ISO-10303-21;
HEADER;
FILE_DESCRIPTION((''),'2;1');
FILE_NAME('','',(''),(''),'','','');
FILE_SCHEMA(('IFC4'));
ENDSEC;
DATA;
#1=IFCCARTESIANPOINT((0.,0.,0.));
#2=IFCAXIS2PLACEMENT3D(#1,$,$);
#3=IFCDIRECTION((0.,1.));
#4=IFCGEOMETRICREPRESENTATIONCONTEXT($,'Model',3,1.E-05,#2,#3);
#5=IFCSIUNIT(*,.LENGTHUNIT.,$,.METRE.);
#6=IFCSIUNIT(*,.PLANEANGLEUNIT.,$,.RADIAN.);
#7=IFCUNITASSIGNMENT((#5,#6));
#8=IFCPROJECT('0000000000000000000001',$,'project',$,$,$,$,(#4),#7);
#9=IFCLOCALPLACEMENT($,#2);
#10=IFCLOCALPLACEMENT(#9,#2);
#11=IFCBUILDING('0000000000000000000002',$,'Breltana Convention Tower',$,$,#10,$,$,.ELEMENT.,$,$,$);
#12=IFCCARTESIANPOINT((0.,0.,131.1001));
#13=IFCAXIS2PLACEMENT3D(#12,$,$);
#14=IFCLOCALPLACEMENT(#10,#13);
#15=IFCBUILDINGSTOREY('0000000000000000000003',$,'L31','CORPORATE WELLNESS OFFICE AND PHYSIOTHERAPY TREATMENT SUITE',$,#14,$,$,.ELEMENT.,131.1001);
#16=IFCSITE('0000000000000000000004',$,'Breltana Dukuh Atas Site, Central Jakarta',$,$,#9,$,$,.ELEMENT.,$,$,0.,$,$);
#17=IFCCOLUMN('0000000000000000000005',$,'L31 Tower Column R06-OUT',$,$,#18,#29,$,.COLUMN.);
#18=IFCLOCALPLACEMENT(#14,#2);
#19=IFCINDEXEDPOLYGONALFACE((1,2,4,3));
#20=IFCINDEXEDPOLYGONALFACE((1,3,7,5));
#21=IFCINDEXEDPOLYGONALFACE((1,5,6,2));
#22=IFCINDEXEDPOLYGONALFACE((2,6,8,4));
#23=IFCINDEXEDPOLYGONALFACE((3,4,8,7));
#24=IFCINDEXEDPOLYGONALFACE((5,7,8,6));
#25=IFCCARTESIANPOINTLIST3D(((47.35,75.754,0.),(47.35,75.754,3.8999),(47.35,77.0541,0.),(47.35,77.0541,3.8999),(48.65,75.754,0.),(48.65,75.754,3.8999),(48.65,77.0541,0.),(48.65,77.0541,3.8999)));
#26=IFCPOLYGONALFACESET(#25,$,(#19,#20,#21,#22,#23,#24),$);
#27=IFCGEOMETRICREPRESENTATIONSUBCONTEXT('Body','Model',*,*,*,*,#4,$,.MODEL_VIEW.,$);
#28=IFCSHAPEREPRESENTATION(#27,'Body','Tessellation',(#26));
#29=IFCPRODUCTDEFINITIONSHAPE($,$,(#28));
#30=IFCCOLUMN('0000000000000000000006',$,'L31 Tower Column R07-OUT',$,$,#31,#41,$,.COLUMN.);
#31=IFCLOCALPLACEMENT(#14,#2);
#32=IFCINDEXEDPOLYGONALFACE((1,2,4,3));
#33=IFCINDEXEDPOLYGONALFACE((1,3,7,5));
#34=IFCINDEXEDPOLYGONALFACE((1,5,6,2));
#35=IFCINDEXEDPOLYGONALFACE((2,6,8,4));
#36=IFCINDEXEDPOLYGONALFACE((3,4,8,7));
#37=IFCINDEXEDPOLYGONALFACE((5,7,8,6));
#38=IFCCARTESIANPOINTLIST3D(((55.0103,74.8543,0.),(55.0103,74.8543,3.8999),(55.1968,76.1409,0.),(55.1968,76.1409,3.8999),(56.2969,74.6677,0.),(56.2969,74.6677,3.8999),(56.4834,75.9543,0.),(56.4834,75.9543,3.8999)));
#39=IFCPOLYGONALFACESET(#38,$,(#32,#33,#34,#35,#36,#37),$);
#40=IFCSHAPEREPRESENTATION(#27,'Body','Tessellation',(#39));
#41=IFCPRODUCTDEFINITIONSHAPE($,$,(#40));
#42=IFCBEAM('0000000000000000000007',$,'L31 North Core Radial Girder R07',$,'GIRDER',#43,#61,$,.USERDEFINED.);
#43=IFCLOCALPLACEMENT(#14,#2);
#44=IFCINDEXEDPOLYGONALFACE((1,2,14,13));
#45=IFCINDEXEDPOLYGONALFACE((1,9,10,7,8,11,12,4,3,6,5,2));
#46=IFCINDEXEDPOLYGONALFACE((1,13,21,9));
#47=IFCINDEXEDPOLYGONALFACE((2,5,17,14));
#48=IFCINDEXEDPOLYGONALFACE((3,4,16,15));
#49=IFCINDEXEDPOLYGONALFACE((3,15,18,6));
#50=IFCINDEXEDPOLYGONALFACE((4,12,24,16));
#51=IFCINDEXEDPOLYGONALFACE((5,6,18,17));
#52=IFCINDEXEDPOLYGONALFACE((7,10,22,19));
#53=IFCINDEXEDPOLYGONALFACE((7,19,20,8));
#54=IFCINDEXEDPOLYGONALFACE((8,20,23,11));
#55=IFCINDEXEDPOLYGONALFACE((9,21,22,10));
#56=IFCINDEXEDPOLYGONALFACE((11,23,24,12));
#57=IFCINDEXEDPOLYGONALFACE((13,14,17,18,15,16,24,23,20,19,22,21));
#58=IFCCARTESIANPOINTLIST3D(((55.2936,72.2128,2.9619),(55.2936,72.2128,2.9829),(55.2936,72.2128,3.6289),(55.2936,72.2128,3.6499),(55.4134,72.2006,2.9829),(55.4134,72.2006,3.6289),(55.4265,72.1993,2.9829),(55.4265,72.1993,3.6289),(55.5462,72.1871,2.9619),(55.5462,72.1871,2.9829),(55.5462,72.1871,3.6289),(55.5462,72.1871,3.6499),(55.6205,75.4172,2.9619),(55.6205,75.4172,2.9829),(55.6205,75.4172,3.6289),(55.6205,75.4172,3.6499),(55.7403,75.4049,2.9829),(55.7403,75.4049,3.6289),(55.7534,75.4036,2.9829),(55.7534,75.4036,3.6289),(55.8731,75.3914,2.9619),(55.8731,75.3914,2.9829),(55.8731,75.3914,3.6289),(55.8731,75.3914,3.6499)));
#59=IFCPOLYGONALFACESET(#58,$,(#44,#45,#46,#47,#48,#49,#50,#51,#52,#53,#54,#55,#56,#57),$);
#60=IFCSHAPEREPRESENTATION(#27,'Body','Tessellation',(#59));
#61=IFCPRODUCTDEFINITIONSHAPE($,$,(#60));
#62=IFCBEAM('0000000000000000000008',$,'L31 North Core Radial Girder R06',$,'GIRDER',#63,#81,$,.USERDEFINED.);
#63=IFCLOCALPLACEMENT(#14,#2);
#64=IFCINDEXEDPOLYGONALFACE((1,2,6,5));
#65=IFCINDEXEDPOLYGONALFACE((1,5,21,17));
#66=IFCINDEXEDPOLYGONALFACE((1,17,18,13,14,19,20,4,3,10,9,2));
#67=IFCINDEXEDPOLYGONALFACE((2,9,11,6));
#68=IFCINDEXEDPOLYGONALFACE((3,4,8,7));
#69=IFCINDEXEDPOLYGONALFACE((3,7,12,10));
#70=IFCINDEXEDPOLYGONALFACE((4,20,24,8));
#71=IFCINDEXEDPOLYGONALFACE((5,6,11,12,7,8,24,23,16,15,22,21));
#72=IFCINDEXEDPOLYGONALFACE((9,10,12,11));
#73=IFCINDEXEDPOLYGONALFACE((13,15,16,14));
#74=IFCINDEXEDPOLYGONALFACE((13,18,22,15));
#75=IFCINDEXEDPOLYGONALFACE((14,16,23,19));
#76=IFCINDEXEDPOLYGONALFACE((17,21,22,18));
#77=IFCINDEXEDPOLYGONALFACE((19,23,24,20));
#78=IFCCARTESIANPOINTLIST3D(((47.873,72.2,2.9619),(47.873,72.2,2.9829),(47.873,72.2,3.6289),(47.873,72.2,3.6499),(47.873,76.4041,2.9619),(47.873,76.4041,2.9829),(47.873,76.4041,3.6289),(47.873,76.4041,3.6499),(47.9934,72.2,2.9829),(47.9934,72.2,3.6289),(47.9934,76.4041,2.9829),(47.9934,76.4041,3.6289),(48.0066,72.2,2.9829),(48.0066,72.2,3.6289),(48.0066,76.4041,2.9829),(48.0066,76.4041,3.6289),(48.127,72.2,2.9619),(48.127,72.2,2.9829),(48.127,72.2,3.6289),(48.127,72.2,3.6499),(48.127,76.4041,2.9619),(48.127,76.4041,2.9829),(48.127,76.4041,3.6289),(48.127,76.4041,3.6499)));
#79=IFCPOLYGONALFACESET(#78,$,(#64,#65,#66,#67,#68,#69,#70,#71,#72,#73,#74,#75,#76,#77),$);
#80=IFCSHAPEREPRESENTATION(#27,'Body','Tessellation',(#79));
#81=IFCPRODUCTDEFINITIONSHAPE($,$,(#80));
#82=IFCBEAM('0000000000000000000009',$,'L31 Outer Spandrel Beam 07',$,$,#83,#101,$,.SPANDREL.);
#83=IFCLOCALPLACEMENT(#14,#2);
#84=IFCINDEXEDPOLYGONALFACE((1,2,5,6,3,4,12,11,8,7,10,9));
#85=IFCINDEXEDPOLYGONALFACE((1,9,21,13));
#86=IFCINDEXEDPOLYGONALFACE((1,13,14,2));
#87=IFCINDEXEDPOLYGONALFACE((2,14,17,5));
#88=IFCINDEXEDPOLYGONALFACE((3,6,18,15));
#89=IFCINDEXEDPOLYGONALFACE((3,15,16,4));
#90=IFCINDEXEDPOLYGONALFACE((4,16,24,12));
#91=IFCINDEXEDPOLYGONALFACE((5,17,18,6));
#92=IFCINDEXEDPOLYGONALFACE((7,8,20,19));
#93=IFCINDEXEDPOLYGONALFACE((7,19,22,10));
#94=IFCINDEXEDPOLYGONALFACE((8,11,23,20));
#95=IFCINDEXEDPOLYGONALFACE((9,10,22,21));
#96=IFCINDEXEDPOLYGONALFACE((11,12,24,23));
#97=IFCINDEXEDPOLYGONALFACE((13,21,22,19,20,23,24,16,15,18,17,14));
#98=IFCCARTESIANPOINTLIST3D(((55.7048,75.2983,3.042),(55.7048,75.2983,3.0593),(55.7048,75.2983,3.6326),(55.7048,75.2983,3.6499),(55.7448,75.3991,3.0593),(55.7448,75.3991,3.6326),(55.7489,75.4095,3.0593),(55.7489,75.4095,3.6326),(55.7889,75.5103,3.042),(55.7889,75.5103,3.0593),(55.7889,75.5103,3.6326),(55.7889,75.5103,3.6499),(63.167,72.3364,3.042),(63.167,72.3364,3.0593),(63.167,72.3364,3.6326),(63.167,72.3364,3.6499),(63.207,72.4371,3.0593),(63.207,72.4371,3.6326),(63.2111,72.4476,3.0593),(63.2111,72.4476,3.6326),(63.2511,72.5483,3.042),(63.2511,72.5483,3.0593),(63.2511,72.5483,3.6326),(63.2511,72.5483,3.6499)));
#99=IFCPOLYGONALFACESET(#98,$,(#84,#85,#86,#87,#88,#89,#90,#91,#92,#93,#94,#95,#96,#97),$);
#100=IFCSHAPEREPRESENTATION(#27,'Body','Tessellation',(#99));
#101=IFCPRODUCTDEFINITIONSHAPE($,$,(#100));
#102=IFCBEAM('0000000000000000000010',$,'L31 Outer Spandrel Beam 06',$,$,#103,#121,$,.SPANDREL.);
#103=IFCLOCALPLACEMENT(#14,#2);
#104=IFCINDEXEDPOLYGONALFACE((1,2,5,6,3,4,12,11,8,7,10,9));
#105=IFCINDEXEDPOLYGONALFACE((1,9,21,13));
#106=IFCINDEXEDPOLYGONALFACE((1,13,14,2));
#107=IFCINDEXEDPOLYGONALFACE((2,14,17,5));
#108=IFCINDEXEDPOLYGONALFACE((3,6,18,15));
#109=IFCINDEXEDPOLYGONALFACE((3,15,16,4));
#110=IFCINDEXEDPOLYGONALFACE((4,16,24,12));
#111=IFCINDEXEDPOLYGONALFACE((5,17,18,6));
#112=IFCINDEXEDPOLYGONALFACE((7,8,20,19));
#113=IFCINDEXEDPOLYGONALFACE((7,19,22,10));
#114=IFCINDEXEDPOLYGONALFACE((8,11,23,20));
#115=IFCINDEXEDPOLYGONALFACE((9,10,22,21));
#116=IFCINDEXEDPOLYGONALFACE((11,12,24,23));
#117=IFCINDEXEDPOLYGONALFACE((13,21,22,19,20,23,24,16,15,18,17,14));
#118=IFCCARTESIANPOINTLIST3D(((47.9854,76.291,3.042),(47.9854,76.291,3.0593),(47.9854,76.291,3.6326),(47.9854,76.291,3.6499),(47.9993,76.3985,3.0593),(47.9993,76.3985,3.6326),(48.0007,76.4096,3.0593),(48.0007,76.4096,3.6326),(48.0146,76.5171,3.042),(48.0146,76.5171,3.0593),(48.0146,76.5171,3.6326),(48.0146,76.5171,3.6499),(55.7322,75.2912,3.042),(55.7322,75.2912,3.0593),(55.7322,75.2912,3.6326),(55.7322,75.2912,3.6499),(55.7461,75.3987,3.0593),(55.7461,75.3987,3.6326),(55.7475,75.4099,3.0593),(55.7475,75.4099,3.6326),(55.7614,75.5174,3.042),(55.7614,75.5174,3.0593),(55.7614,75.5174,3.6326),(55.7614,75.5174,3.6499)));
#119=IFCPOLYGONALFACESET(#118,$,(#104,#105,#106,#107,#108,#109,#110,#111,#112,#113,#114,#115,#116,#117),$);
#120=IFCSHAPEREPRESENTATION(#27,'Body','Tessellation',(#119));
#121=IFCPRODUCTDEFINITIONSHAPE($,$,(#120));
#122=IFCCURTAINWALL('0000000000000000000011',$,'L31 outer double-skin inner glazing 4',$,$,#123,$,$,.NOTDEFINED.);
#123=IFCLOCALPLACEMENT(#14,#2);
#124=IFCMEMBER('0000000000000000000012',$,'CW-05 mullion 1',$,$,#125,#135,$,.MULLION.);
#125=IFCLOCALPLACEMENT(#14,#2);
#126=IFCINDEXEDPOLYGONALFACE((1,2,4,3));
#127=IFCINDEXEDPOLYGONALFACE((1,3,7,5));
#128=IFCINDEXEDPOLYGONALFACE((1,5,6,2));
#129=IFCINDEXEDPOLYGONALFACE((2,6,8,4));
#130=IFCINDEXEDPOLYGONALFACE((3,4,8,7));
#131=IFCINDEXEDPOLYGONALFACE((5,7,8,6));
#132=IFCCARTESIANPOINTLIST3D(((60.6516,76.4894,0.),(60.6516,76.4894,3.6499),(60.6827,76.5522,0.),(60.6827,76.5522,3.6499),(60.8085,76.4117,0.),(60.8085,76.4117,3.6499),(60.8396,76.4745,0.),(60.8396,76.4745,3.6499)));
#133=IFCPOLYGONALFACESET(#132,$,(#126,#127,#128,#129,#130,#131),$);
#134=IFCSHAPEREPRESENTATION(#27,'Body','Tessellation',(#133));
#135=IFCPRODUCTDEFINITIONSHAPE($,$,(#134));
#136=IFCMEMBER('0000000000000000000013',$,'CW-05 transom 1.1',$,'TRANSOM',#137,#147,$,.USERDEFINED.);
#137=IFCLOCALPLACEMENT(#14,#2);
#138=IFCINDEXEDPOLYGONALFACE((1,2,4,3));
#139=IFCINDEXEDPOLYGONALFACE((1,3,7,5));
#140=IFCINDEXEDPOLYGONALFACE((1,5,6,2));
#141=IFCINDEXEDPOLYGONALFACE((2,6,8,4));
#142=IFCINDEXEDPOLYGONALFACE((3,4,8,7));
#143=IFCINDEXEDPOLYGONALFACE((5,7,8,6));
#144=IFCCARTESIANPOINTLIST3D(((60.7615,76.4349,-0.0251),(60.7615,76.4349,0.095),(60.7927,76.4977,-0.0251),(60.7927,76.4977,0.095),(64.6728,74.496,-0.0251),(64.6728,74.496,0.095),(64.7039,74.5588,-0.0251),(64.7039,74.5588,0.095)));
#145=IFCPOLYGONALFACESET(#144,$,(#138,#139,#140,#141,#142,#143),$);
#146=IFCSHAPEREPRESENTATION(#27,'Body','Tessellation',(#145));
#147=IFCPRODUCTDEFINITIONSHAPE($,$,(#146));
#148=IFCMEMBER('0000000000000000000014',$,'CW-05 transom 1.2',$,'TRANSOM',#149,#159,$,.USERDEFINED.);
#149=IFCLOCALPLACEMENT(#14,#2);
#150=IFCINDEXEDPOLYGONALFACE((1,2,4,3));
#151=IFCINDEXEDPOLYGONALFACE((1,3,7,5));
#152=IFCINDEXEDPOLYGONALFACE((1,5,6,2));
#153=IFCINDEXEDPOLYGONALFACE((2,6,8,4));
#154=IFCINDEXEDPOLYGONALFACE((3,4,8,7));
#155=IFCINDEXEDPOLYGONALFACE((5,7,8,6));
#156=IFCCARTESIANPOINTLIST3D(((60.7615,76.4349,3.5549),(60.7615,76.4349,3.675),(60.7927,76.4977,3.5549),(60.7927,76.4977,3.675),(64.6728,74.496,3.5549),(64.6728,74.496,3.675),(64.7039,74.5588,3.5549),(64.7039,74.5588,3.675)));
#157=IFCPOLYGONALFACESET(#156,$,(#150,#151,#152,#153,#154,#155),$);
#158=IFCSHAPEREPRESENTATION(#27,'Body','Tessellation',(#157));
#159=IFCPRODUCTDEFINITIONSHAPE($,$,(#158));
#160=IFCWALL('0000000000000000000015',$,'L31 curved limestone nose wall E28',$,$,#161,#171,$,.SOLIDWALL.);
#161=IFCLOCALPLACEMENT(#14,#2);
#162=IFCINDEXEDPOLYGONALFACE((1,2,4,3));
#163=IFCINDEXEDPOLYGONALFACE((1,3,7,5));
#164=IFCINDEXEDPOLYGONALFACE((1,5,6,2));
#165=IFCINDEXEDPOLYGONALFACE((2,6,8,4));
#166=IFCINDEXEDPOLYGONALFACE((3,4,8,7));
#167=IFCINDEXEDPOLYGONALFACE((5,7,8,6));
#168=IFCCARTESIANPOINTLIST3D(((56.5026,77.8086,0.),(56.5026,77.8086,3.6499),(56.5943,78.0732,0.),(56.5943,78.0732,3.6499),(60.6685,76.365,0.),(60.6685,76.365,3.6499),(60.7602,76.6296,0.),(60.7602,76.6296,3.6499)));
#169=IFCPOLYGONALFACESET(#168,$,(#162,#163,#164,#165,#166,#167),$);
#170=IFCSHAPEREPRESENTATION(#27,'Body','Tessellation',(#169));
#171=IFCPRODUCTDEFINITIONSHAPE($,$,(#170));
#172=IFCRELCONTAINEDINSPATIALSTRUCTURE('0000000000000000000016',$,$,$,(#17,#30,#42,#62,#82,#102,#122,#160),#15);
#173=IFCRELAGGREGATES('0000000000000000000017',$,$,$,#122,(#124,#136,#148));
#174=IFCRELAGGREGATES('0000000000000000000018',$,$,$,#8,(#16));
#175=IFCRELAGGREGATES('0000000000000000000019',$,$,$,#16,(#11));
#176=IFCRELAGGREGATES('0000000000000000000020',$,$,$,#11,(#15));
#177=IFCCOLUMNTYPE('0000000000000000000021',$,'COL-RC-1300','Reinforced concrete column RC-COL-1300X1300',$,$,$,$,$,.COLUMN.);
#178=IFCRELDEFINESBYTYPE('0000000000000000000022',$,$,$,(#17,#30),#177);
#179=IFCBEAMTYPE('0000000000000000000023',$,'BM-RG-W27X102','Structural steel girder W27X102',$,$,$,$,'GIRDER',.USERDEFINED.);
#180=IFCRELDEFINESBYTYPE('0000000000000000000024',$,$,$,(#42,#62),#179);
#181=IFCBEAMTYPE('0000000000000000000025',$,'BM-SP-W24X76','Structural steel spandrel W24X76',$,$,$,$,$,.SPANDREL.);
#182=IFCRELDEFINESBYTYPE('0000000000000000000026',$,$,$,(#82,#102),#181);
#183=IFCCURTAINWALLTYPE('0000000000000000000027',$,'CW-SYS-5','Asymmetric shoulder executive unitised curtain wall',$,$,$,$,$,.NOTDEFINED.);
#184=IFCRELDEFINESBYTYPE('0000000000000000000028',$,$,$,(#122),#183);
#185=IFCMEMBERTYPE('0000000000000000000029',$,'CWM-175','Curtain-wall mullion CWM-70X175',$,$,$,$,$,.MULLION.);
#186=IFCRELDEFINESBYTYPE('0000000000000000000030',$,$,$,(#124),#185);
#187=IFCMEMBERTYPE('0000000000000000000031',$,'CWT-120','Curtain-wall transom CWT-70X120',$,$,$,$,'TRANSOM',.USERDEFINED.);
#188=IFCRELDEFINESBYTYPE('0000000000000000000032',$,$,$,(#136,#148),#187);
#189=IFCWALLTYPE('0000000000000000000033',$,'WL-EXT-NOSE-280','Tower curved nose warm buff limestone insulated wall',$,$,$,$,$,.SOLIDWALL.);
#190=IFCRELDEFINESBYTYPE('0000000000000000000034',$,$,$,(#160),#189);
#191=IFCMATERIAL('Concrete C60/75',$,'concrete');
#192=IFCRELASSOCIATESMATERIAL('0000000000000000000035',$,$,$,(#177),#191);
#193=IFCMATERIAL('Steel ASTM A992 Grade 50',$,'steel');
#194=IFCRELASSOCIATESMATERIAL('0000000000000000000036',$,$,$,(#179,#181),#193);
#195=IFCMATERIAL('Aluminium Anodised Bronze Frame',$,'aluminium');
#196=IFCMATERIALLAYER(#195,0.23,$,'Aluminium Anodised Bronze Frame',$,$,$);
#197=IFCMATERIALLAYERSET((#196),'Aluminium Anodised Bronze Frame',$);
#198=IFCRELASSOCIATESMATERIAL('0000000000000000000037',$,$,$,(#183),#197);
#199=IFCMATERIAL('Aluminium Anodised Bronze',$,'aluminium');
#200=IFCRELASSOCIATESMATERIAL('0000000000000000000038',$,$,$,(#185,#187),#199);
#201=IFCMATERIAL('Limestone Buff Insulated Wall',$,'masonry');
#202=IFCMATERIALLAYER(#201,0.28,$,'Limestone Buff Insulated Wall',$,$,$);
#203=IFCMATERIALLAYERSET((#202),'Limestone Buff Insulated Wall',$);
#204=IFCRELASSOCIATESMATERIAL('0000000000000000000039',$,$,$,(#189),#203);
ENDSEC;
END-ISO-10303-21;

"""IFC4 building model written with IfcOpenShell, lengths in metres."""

from ifc_helpers import new_model, si_unit, direction, frame, frame_2d, origin, origin_2d, place, context, subcontext, project, spatial, rectangle, i_section, extrude, source, transform, mapped, material, layer, layer_set, material_profile, profile_set, type_object, element, aggregate, save


model = new_model("IFC4")

# Units and contexts
model_context = context("Model", 3, precision=1e-05, world=origin(), true_north=direction((0.0, 1.0)))
body_context = subcontext(model_context, "Body", "Model", "MODEL_VIEW")
ifc_project = project(units=[si_unit("LENGTHUNIT", "METRE"), si_unit("PLANEANGLEUNIT", "RADIAN")], contexts=[model_context])

# Site, building, storey
site_placement = place(None, origin())
site = spatial("IfcSite", under=ifc_project, at=site_placement, Name="Breltana Dukuh Atas Site, Central Jakarta", CompositionType="ELEMENT", RefElevation=0.0)
building_placement = place(site_placement, origin())
building = spatial("IfcBuilding", under=site, at=building_placement, Name="Breltana Convention Tower", CompositionType="ELEMENT")
storey_placement = place(building_placement, frame((0.0, 0.0, 131.1001)))
storey = spatial("IfcBuildingStorey", under=building, at=storey_placement, Name="L31", Description="CORPORATE WELLNESS OFFICE AND PHYSIOTHERAPY TREATMENT SUITE", CompositionType="ELEMENT", Elevation=131.1001)

# Columns
ifc_material_1 = material(Name="Concrete C60/75", Category="concrete")
ifc_material_profile_1 = material_profile(ifc_material_1, rectangle(XDim=1.3, YDim=1.3, at=origin_2d()), Name="RC-COL-1300X1300")
ifc_profile_set_1 = profile_set([ifc_material_profile_1], Name="Concrete C60/75")
column_type = type_object("IfcColumnType", Name="COL-RC-1300", Description="Reinforced concrete column RC-COL-1300X1300", PredefinedType="COLUMN", material=ifc_profile_set_1)
shared_shape_1 = source(origin(), body_context, "Body", "SweptSolid", [
    extrude(rectangle(XDim=1.3, YDim=1.3, at=origin_2d()), origin(), (0.0, 0.0, 1.0), 3.8999),
])
for number, where, z_axis, x_axis, name in (
    (1, (48.0, 76.4041, 0.0), (0.0, 0.0, 1.0), (0.0, 1.0, 0.0), "L31 Tower Column R06-OUT"),
    (2, (55.7468, 75.4043, 0.0), (0.0, 0.0, 1.0), (0.143493, 0.989651, 0.0), "L31 Tower Column R07-OUT"),
):
    element("IfcColumn", number, at=place(storey_placement, frame(where, z_axis=z_axis, x_axis=x_axis)), inside=storey, type_object=column_type, Name=name, PredefinedType="COLUMN", context=body_context, shape_type="MappedRepresentation", body=[
        mapped(shared_shape_1, transform((0.0, 0.0, 0.0), scale=1.0)),
    ])

# Beams
ifc_material_2 = material(Name="Steel ASTM A992 Grade 50", Category="steel")
ifc_material_profile_2 = material_profile(ifc_material_2, i_section(OverallWidth=0.2539, OverallDepth=0.688, WebThickness=0.0132, FlangeThickness=0.021, at=origin_2d()), Name="W27X102")
ifc_profile_set_2 = profile_set([ifc_material_profile_2], Name="Steel ASTM A992 Grade 50")
beam_type_1 = type_object("IfcBeamType", Name="BM-RG-W27X102", Description="Structural steel girder W27X102", ElementType="GIRDER", PredefinedType="USERDEFINED", material=ifc_profile_set_2)
shared_shape_2 = source(origin(), body_context, "Body", "SweptSolid", [
    extrude(i_section(OverallWidth=0.2539, OverallDepth=0.688, WebThickness=0.0132, FlangeThickness=0.021, at=origin_2d()), origin(), (0.0, 0.0, 1.0), 3.2209),
])
beam_1_placement = place(storey_placement, frame((55.4199, 72.2, 3.3059), z_axis=(0.101492, 0.994836, 0.0), x_axis=(-0.994836, 0.101492, 0.0)))
element("IfcBeam", 3, at=beam_1_placement, inside=storey, type_object=beam_type_1, Name="L31 North Core Radial Girder R07", ObjectType="GIRDER", PredefinedType="USERDEFINED", context=body_context, shape_type="MappedRepresentation", body=[
    mapped(shared_shape_2, transform((0.0, 0.0, 0.0), scale=1.0)),
])
shared_shape_3 = source(origin(), body_context, "Body", "SweptSolid", [
    extrude(i_section(OverallWidth=0.2539, OverallDepth=0.688, WebThickness=0.0132, FlangeThickness=0.021, at=origin_2d()), origin(), (0.0, 0.0, 1.0), 4.2041),
])
beam_2_placement = place(storey_placement, frame((48.0, 72.2, 3.3059), z_axis=(0.0, 1.0, 0.0), x_axis=(-1.0, 0.0, 0.0)))
element("IfcBeam", 4, at=beam_2_placement, inside=storey, type_object=beam_type_1, Name="L31 North Core Radial Girder R06", ObjectType="GIRDER", PredefinedType="USERDEFINED", context=body_context, shape_type="MappedRepresentation", body=[
    mapped(shared_shape_3, transform((0.0, 0.0, 0.0), scale=1.0)),
])
ifc_material_profile_3 = material_profile(ifc_material_2, i_section(OverallWidth=0.228, OverallDepth=0.6079, WebThickness=0.0112, FlangeThickness=0.0173, at=origin_2d()), Name="W24X76")
ifc_profile_set_3 = profile_set([ifc_material_profile_3], Name="Steel ASTM A992 Grade 50")
beam_type_2 = type_object("IfcBeamType", Name="BM-SP-W24X76", Description="Structural steel spandrel W24X76", PredefinedType="SPANDREL", material=ifc_profile_set_3)
shared_shape_4 = source(origin(), body_context, "Body", "SweptSolid", [
    extrude(i_section(OverallWidth=0.228, OverallDepth=0.6079, WebThickness=0.0112, FlangeThickness=0.0173, at=origin_2d()), origin(), (0.0, 0.0, 1.0), 8.0286),
])
beam_3_placement = place(storey_placement, frame((55.7468, 75.4043, 3.3459), z_axis=(0.929459, -0.368925, 0.0), x_axis=(0.368925, 0.929459, 0.0)))
element("IfcBeam", 5, at=beam_3_placement, inside=storey, type_object=beam_type_2, Name="L31 Outer Spandrel Beam 07", PredefinedType="SPANDREL", context=body_context, shape_type="MappedRepresentation", body=[
    mapped(shared_shape_4, transform((0.0, 0.0, 0.0), scale=1.0)),
])
shared_shape_5 = source(origin(), body_context, "Body", "SweptSolid", [
    extrude(i_section(OverallWidth=0.228, OverallDepth=0.6079, WebThickness=0.0112, FlangeThickness=0.0173, at=origin_2d()), origin(), (0.0, 0.0, 1.0), 7.811),
])
beam_4_placement = place(storey_placement, frame((48.0, 76.4041, 3.3459), z_axis=(0.991775, -0.127992, 0.0), x_axis=(0.127992, 0.991775, 0.0)))
element("IfcBeam", 6, at=beam_4_placement, inside=storey, type_object=beam_type_2, Name="L31 Outer Spandrel Beam 06", PredefinedType="SPANDREL", context=body_context, shape_type="MappedRepresentation", body=[
    mapped(shared_shape_5, transform((0.0, 0.0, 0.0), scale=1.0)),
])

# Curtain wall, members
ifc_material_3 = material(Name="Aluminium Anodised Bronze Frame", Category="aluminium")
ifc_layer_1 = layer(ifc_material_3, 0.23, Name="Aluminium Anodised Bronze Frame")
ifc_layer_set_1 = layer_set([ifc_layer_1], Name="Aluminium Anodised Bronze Frame")
curtain_wall_type = type_object("IfcCurtainWallType", Name="CW-SYS-5", Description="Asymmetric shoulder executive unitised curtain wall", PredefinedType="NOTDEFINED", material=ifc_layer_set_1)
curtain_wall_placement = place(storey_placement, origin())
curtain_wall = element("IfcCurtainWall", 7, at=curtain_wall_placement, inside=storey, type_object=curtain_wall_type, Name="L31 outer double-skin inner glazing 4", PredefinedType="NOTDEFINED")
ifc_material_4 = material(Name="Aluminium Anodised Bronze", Category="aluminium")
ifc_material_profile_4 = material_profile(ifc_material_4, rectangle(XDim=0.0701, YDim=0.175, at=origin_2d()), Name="CWM-70X175")
ifc_profile_set_4 = profile_set([ifc_material_profile_4], Name="Aluminium Anodised Bronze")
member_type_1 = type_object("IfcMemberType", Name="CWM-175", Description="Curtain-wall mullion CWM-70X175", PredefinedType="MULLION", material=ifc_profile_set_4)
shared_shape_6 = source(origin(), body_context, "Body", "SweptSolid", [
    extrude(rectangle(XDim=0.0701, YDim=0.175, at=origin_2d()), origin(), (0.0, 0.0, 1.0), 3.6499),
])
member_1_placement = place(storey_placement, frame((60.7456, 76.4819, 0.0), z_axis=(0.0, 0.0, 1.0), x_axis=(0.444122, 0.895967, 0.0)))
member_1 = element("IfcMember", 8, at=member_1_placement, type_object=member_type_1, Name="CW-05 mullion 1", PredefinedType="MULLION", context=body_context, shape_type="MappedRepresentation", body=[
    mapped(shared_shape_6, transform((0.0, 0.0, 0.0), scale=1.0)),
])
ifc_material_profile_5 = material_profile(ifc_material_4, rectangle(XDim=0.0701, YDim=0.1201, at=origin_2d()), Name="CWT-70X120")
ifc_profile_set_5 = profile_set([ifc_material_profile_5], Name="Aluminium Anodised Bronze")
member_type_2 = type_object("IfcMemberType", Name="CWT-120", Description="Curtain-wall transom CWT-70X120", ElementType="TRANSOM", PredefinedType="USERDEFINED", material=ifc_profile_set_5)
shared_shape_7 = source(origin(), body_context, "Body", "SweptSolid", [
    extrude(rectangle(XDim=0.0701, YDim=0.1201, at=origin_2d()), origin(), (0.0, 0.0, 1.0), 4.3655),
])
member_2_placement = place(storey_placement, frame((60.7771, 76.4663, 0.0349), z_axis=(0.895954, -0.444146, 0.0), x_axis=(0.444146, 0.895954, 0.0)))
member_2 = element("IfcMember", 9, at=member_2_placement, type_object=member_type_2, Name="CW-05 transom 1.1", ObjectType="TRANSOM", PredefinedType="USERDEFINED", context=body_context, shape_type="MappedRepresentation", body=[
    mapped(shared_shape_7, transform((0.0, 0.0, 0.0), scale=1.0)),
])
member_3_placement = place(storey_placement, frame((60.7771, 76.4663, 3.615), z_axis=(0.895954, -0.444146, 0.0), x_axis=(0.444146, 0.895954, 0.0)))
member_3 = element("IfcMember", 10, at=member_3_placement, type_object=member_type_2, Name="CW-05 transom 1.2", ObjectType="TRANSOM", PredefinedType="USERDEFINED", context=body_context, shape_type="MappedRepresentation", body=[
    mapped(shared_shape_7, transform((0.0, 0.0, 0.0), scale=1.0)),
])
aggregate(curtain_wall, [member_1, member_2, member_3])

# Wall
ifc_material_5 = material(Name="Limestone Buff Insulated Wall", Category="masonry")
ifc_layer_2 = layer(ifc_material_5, 0.28, Name="Limestone Buff Insulated Wall")
ifc_layer_set_2 = layer_set([ifc_layer_2], Name="Limestone Buff Insulated Wall")
wall_type_1 = type_object("IfcWallType", Name="WL-EXT-NOSE-280", Description="Tower curved nose warm buff limestone insulated wall", PredefinedType="SOLIDWALL", material=ifc_layer_set_2)
shared_shape_8 = source(origin(), body_context, "Body", "SweptSolid", [
    extrude(rectangle(XDim=4.4089, YDim=0.28, at=frame_2d((2.2046, 0.0))), origin(), (0.0, 0.0, 1.0), 3.6499),
])
wall_1_placement = place(storey_placement, frame((56.5483, 77.9409, 0.0), z_axis=(0.0, 0.0, 1.0), x_axis=(0.944879, -0.327419, 0.0)))
element("IfcWall", 11, at=wall_1_placement, inside=storey, type_object=wall_type_1, Name="L31 curved limestone nose wall E28", PredefinedType="SOLIDWALL", context=body_context, shape_type="MappedRepresentation", body=[
    mapped(shared_shape_8, transform((0.0, 0.0, 0.0), scale=1.0)),
])

save(model, "model.ifc")
